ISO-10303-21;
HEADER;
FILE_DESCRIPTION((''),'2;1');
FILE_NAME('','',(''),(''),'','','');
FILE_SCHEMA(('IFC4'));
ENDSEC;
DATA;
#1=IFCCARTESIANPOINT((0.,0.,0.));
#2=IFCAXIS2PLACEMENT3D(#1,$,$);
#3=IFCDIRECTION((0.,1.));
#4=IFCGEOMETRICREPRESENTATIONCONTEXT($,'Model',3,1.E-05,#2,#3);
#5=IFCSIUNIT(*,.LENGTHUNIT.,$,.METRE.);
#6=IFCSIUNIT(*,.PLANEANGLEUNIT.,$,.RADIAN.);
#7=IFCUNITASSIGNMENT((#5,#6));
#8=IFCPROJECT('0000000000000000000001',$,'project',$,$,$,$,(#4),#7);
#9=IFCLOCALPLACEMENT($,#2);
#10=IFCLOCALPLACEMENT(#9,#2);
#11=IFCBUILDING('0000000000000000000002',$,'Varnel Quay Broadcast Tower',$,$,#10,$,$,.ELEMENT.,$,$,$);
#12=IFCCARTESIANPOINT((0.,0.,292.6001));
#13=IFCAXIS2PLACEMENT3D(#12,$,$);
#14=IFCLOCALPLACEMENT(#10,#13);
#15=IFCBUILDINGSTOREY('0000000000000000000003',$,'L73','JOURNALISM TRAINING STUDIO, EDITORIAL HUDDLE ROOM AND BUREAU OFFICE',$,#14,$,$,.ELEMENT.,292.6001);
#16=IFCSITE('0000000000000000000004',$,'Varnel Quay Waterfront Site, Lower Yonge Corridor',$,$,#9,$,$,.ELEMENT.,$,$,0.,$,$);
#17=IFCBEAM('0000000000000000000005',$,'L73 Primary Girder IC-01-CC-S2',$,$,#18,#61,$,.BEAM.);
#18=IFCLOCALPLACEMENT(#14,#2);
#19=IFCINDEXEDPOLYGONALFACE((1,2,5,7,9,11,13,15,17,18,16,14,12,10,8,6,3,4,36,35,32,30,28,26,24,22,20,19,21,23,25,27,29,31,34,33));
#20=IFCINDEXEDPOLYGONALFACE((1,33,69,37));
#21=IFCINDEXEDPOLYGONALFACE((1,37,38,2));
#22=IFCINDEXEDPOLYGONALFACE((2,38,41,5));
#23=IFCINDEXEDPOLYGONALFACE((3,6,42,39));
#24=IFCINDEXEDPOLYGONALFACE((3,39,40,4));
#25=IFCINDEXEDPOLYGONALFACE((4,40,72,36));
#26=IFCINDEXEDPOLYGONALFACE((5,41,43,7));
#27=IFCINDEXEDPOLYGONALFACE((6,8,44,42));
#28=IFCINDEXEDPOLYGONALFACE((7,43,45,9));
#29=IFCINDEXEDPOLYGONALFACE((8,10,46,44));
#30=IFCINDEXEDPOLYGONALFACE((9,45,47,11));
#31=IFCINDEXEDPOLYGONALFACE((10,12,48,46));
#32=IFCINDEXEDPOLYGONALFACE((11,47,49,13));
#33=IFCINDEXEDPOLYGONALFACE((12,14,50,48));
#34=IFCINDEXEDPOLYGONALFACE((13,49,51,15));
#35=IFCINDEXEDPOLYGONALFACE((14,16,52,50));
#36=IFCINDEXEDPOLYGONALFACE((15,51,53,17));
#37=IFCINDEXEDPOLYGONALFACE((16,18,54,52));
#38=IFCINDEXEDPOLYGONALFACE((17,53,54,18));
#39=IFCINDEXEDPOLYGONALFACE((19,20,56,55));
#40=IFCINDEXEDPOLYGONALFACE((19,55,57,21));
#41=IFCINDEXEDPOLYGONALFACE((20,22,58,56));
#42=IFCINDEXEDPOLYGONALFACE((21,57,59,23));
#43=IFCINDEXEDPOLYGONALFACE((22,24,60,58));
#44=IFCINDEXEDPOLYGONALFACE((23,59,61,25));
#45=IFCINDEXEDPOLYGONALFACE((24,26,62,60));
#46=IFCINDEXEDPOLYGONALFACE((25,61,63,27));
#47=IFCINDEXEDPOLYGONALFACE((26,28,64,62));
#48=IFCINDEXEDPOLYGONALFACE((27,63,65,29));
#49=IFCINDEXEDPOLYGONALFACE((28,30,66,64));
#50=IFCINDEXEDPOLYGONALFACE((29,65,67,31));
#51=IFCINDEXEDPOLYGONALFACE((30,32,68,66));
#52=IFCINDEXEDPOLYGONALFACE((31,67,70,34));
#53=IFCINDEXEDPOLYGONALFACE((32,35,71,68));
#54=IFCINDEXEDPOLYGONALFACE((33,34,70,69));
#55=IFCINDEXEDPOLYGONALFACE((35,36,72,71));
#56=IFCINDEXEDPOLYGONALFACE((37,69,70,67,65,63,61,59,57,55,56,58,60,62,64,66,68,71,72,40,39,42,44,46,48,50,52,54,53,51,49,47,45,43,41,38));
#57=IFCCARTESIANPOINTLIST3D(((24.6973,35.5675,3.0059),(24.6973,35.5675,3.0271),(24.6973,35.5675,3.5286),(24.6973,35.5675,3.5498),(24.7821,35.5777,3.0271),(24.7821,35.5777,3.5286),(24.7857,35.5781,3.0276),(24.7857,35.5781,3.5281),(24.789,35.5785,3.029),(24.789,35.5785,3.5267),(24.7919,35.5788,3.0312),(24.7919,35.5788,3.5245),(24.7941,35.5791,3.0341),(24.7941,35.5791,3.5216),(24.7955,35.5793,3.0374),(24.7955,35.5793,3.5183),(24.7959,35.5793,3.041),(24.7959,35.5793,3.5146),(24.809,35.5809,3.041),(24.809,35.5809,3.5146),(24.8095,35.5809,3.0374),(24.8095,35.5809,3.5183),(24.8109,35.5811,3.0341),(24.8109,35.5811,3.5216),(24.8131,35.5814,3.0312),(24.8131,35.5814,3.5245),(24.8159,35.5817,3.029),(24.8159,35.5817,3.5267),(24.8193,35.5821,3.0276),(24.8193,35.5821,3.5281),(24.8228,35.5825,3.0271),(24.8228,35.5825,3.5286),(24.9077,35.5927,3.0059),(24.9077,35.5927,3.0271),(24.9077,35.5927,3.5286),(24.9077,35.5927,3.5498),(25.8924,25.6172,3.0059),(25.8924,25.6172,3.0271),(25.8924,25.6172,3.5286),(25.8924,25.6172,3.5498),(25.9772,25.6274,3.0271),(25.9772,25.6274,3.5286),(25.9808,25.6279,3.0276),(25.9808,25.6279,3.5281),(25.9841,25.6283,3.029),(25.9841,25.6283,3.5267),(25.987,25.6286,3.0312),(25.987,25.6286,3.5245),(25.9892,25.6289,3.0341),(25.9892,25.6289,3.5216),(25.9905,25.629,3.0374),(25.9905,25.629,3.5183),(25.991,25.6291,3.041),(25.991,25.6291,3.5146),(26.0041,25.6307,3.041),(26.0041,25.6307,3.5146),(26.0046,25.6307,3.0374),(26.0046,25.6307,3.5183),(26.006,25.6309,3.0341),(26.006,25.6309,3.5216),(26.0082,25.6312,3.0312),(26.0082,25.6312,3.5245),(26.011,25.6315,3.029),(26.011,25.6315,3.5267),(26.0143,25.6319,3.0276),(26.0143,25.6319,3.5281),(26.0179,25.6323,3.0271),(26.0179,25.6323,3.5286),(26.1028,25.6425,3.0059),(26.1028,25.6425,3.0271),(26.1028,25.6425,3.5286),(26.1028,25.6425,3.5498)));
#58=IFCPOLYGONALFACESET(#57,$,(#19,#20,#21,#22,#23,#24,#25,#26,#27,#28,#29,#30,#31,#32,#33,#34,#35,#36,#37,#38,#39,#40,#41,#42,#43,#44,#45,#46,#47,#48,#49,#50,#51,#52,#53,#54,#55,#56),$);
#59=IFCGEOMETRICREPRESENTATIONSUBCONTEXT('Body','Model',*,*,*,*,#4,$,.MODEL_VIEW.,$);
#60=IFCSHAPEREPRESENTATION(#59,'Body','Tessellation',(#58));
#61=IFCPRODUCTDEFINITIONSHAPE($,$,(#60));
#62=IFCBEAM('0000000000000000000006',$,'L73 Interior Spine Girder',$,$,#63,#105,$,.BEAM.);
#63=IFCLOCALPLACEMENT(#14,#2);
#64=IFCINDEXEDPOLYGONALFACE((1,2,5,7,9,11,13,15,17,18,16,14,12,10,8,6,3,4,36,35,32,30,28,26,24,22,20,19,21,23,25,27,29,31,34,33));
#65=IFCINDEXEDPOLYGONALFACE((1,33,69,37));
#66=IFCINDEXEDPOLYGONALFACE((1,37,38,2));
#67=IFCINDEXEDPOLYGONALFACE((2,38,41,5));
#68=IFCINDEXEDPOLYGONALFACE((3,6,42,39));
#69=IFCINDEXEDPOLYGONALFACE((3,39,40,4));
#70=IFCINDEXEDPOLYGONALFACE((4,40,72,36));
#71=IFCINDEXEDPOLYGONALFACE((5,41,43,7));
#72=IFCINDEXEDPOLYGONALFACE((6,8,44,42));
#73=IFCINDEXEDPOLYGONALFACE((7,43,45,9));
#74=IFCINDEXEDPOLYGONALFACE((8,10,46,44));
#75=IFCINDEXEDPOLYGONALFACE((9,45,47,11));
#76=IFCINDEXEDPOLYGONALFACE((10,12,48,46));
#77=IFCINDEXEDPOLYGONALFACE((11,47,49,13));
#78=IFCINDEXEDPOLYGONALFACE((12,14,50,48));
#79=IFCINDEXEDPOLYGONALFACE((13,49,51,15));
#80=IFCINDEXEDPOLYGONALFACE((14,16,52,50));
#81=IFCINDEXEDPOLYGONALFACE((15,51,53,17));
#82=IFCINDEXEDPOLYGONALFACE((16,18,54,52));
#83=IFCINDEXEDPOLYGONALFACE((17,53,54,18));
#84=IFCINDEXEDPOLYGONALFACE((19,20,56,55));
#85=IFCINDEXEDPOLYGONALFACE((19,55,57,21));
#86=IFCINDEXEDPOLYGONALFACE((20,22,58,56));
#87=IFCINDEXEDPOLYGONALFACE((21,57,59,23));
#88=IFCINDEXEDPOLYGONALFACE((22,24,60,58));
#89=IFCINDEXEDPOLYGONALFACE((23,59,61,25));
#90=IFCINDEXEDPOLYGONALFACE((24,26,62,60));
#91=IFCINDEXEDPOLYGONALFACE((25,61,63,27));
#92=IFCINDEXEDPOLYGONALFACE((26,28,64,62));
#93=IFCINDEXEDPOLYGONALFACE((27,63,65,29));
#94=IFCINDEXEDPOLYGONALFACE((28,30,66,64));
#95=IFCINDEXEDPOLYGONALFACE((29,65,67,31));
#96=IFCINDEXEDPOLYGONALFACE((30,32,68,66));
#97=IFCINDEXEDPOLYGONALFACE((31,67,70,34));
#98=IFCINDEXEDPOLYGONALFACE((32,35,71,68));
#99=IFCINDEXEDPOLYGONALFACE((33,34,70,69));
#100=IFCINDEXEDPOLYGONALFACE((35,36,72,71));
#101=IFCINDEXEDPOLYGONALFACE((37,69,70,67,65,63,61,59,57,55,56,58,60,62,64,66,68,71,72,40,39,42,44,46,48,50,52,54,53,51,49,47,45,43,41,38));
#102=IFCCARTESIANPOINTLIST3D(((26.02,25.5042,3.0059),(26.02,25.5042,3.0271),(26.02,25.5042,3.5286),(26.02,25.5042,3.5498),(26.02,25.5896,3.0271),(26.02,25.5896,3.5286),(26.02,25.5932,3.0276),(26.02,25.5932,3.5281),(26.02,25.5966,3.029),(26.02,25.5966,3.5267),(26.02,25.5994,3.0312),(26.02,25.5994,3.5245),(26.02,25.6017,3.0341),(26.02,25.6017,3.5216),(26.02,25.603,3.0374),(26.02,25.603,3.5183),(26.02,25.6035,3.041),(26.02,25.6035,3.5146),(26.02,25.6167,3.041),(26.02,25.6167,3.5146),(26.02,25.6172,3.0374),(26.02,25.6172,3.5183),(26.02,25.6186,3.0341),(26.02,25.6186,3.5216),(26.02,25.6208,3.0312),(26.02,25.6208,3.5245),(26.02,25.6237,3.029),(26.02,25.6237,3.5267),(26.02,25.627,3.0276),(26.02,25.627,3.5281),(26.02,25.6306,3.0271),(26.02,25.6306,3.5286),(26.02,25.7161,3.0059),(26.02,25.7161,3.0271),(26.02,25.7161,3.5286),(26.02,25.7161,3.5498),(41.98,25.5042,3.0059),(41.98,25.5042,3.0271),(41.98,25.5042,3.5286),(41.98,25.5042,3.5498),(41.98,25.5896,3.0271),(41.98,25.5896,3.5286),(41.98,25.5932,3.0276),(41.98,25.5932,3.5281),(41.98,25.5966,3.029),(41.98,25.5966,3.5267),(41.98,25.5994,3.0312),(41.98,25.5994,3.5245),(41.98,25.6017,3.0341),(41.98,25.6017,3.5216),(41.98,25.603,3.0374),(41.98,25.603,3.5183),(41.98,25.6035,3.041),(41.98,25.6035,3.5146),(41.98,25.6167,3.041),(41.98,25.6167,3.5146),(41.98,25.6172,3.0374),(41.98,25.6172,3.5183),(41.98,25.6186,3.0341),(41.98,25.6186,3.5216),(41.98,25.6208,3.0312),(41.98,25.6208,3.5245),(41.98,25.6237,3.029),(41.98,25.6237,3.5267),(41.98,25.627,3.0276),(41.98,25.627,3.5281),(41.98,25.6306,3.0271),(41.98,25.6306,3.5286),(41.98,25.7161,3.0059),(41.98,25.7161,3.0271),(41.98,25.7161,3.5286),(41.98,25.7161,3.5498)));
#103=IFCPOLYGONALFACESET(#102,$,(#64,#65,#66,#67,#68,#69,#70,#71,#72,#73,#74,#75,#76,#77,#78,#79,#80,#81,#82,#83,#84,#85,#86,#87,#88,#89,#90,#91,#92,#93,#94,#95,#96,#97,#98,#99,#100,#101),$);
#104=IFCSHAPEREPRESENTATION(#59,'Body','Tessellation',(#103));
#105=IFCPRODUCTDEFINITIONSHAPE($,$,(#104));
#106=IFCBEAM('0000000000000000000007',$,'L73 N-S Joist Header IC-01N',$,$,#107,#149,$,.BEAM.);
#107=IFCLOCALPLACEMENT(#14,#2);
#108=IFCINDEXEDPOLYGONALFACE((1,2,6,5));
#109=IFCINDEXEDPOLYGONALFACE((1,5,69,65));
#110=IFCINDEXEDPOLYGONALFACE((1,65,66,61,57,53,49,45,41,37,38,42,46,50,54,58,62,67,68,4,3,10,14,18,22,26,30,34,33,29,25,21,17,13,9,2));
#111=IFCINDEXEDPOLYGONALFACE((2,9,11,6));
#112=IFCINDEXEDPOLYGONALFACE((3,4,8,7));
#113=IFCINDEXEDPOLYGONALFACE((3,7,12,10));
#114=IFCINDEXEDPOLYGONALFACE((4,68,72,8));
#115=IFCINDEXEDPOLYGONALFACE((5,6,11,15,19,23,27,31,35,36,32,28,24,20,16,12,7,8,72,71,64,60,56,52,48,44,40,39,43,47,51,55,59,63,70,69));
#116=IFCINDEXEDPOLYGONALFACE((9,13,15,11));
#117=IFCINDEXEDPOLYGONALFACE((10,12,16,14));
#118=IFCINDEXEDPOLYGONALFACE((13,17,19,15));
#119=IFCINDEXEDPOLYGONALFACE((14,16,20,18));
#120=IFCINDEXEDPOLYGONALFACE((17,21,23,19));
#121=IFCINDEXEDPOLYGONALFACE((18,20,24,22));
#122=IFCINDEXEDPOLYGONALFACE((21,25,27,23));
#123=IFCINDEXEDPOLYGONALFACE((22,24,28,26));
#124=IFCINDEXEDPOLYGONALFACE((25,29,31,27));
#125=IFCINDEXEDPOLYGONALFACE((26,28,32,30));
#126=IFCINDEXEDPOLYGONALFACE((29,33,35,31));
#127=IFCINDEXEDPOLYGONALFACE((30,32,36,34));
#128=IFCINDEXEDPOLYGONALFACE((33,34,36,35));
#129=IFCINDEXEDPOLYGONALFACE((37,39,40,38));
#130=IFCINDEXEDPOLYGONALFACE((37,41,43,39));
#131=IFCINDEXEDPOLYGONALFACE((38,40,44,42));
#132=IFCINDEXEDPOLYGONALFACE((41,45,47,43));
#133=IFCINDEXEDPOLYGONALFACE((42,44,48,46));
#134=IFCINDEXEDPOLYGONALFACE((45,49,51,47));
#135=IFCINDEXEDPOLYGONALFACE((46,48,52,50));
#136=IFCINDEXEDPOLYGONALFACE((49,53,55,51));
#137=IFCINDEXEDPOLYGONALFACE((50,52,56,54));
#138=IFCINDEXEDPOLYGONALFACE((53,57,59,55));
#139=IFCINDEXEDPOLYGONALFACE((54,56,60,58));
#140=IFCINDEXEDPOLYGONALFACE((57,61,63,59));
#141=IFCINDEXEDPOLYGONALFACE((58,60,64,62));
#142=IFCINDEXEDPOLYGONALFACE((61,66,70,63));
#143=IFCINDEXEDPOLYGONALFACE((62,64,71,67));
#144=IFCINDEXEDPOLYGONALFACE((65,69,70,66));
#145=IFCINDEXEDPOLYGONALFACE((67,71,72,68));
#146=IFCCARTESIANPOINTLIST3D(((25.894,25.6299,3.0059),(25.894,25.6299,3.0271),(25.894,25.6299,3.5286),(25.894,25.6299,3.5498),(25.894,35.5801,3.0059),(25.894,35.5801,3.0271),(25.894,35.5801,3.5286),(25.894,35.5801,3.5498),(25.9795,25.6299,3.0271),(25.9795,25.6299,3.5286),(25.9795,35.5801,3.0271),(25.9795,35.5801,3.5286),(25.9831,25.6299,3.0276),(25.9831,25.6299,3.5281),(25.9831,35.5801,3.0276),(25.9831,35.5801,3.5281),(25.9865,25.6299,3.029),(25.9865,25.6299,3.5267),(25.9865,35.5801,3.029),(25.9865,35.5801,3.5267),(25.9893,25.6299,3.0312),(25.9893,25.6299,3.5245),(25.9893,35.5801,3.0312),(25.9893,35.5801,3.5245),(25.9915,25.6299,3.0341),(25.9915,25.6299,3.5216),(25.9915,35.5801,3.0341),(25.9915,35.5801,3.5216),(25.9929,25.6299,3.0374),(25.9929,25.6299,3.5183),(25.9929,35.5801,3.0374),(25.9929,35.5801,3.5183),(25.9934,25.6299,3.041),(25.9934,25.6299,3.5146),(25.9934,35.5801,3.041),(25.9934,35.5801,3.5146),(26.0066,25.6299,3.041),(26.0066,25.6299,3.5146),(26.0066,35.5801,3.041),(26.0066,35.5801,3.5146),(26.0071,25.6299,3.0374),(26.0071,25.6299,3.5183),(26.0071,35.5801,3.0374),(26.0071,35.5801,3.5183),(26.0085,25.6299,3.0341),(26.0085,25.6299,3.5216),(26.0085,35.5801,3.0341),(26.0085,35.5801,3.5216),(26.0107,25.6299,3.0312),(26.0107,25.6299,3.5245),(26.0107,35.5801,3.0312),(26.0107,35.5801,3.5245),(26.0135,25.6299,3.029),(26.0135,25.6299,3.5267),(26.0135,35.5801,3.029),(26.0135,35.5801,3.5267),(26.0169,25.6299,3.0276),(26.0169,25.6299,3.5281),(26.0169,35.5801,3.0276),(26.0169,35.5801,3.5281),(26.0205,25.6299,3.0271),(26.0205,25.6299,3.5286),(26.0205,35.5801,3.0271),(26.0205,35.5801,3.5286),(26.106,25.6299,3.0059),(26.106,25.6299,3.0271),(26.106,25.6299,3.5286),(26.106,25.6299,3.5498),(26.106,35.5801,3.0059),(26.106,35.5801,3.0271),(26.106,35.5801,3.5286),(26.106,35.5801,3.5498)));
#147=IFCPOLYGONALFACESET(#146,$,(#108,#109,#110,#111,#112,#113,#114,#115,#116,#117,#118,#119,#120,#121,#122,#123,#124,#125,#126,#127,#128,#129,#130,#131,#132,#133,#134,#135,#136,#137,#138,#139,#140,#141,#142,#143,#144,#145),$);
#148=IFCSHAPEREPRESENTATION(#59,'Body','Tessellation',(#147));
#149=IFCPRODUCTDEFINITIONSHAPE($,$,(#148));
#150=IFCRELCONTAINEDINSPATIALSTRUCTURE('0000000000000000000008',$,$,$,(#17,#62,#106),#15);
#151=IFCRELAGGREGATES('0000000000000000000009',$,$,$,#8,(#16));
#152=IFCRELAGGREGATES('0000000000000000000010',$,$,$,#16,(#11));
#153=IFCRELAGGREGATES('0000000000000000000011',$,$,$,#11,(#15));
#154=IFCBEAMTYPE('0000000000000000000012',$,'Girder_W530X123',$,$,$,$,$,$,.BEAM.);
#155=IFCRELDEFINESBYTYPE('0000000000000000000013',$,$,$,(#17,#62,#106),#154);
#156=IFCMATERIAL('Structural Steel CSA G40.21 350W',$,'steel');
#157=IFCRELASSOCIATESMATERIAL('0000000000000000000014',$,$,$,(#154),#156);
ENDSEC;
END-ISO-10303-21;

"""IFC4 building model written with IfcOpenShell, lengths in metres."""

from ifc_helpers import new_model, si_unit, direction, frame, origin, origin_2d, place, context, subcontext, project, spatial, i_section, extrude, source, transform, mapped, material, material_profile, profile_set, type_object, type_shapes, element, save


model = new_model("IFC4")

# Units and contexts
model_context = context("Model", 3, precision=1e-05, world=origin(), true_north=direction((0.0, 1.0)))
body_context = subcontext(model_context, "Body", "Model", "MODEL_VIEW")
ifc_project = project(units=[si_unit("LENGTHUNIT", "METRE"), si_unit("PLANEANGLEUNIT", "RADIAN")], contexts=[model_context])

# Site, building, storey
site_placement = place(None, origin())
site = spatial("IfcSite", under=ifc_project, at=site_placement, Name="Varnel Quay Waterfront Site, Lower Yonge Corridor", CompositionType="ELEMENT", RefElevation=0.0)
building_placement = place(site_placement, origin())
building = spatial("IfcBuilding", under=site, at=building_placement, Name="Varnel Quay Broadcast Tower", CompositionType="ELEMENT")
storey_placement = place(building_placement, frame((0.0, 0.0, 292.6001)))
storey = spatial("IfcBuildingStorey", under=building, at=storey_placement, Name="L73", Description="JOURNALISM TRAINING STUDIO, EDITORIAL HUDDLE ROOM AND BUREAU OFFICE", CompositionType="ELEMENT", Elevation=292.6001)

# Shared definitions
ifc_material_1 = material(Name="Structural Steel CSA G40.21 350W", Category="steel")

# Beams
ifc_material_profile_1 = material_profile(ifc_material_1, i_section(OverallWidth=0.2119, OverallDepth=0.5439, WebThickness=0.0132, FlangeThickness=0.0212, FilletRadius=0.0139, at=origin_2d()), Name="W530X123")
ifc_profile_set_1 = profile_set([ifc_material_profile_1], Name="Structural Steel CSA G40.21 350W")
beam_type_1 = type_object("IfcBeamType", Name="Girder_W530X123", PredefinedType="BEAM", material=ifc_profile_set_1)
shared_shape_1 = source(origin(), body_context, "Body", "SweptSolid", [
    extrude(i_section(OverallWidth=0.2119, OverallDepth=0.5439, WebThickness=0.0132, FlangeThickness=0.0212, FilletRadius=0.0139, at=origin_2d()), origin(), (0.0, 0.0, 1.0), 10.0217),
])
beam_1_placement = place(storey_placement, frame((25.9976, 25.6299, 3.2778), z_axis=(-0.119248, 0.992864, 0.0), x_axis=(-0.992864, -0.119248, 0.0)))
element("IfcBeam", 1, at=beam_1_placement, inside=storey, type_object=beam_type_1, Name="L73 Primary Girder IC-01-CC-S2", PredefinedType="BEAM", context=body_context, shape_type="MappedRepresentation", body=[
    mapped(shared_shape_1, transform((0.0, 0.0, 0.0), x_axis=(1.0, 0.0, 0.0), y_axis=(0.0, 1.0, 0.0), z_axis=(0.0, 0.0, 1.0), scale=1.0)),
])
shared_shape_2 = source(origin(), body_context, "Body", "SweptSolid", [
    extrude(i_section(OverallWidth=0.2119, OverallDepth=0.5439, WebThickness=0.0132, FlangeThickness=0.0212, FilletRadius=0.0139, at=origin_2d()), origin(), (0.0, 0.0, 1.0), 15.96),
])
beam_2_placement = place(storey_placement, frame((26.02, 25.6101, 3.2778), z_axis=(1.0, 0.0, 0.0), x_axis=(0.0, 1.0, 0.0)))
element("IfcBeam", 2, at=beam_2_placement, inside=storey, type_object=beam_type_1, Name="L73 Interior Spine Girder", PredefinedType="BEAM", context=body_context, shape_type="MappedRepresentation", body=[
    mapped(shared_shape_2, transform((0.0, 0.0, 0.0), x_axis=(1.0, 0.0, 0.0), y_axis=(0.0, 1.0, 0.0), z_axis=(0.0, 0.0, 1.0), scale=1.0)),
])
shared_shape_3 = source(origin(), body_context, "Body", "SweptSolid", [
    extrude(i_section(OverallWidth=0.2119, OverallDepth=0.5439, WebThickness=0.0132, FlangeThickness=0.0212, FilletRadius=0.0139, at=origin_2d()), origin(), (0.0, 0.0, 1.0), 9.9502),
])
type_shapes(beam_type_1, [shared_shape_1, shared_shape_2, shared_shape_3])
beam_3_placement = place(storey_placement, frame((26.0, 25.6299, 3.2778), z_axis=(0.0, 1.0, 0.0), x_axis=(-1.0, 0.0, 0.0)))
element("IfcBeam", 3, at=beam_3_placement, inside=storey, type_object=beam_type_1, Name="L73 N-S Joist Header IC-01N", PredefinedType="BEAM", context=body_context, shape_type="MappedRepresentation", body=[
    mapped(shared_shape_3, transform((0.0, 0.0, 0.0), x_axis=(1.0, 0.0, 0.0), y_axis=(0.0, 1.0, 0.0), z_axis=(0.0, 0.0, 1.0), scale=1.0)),
])

save(model, "model.ifc")
